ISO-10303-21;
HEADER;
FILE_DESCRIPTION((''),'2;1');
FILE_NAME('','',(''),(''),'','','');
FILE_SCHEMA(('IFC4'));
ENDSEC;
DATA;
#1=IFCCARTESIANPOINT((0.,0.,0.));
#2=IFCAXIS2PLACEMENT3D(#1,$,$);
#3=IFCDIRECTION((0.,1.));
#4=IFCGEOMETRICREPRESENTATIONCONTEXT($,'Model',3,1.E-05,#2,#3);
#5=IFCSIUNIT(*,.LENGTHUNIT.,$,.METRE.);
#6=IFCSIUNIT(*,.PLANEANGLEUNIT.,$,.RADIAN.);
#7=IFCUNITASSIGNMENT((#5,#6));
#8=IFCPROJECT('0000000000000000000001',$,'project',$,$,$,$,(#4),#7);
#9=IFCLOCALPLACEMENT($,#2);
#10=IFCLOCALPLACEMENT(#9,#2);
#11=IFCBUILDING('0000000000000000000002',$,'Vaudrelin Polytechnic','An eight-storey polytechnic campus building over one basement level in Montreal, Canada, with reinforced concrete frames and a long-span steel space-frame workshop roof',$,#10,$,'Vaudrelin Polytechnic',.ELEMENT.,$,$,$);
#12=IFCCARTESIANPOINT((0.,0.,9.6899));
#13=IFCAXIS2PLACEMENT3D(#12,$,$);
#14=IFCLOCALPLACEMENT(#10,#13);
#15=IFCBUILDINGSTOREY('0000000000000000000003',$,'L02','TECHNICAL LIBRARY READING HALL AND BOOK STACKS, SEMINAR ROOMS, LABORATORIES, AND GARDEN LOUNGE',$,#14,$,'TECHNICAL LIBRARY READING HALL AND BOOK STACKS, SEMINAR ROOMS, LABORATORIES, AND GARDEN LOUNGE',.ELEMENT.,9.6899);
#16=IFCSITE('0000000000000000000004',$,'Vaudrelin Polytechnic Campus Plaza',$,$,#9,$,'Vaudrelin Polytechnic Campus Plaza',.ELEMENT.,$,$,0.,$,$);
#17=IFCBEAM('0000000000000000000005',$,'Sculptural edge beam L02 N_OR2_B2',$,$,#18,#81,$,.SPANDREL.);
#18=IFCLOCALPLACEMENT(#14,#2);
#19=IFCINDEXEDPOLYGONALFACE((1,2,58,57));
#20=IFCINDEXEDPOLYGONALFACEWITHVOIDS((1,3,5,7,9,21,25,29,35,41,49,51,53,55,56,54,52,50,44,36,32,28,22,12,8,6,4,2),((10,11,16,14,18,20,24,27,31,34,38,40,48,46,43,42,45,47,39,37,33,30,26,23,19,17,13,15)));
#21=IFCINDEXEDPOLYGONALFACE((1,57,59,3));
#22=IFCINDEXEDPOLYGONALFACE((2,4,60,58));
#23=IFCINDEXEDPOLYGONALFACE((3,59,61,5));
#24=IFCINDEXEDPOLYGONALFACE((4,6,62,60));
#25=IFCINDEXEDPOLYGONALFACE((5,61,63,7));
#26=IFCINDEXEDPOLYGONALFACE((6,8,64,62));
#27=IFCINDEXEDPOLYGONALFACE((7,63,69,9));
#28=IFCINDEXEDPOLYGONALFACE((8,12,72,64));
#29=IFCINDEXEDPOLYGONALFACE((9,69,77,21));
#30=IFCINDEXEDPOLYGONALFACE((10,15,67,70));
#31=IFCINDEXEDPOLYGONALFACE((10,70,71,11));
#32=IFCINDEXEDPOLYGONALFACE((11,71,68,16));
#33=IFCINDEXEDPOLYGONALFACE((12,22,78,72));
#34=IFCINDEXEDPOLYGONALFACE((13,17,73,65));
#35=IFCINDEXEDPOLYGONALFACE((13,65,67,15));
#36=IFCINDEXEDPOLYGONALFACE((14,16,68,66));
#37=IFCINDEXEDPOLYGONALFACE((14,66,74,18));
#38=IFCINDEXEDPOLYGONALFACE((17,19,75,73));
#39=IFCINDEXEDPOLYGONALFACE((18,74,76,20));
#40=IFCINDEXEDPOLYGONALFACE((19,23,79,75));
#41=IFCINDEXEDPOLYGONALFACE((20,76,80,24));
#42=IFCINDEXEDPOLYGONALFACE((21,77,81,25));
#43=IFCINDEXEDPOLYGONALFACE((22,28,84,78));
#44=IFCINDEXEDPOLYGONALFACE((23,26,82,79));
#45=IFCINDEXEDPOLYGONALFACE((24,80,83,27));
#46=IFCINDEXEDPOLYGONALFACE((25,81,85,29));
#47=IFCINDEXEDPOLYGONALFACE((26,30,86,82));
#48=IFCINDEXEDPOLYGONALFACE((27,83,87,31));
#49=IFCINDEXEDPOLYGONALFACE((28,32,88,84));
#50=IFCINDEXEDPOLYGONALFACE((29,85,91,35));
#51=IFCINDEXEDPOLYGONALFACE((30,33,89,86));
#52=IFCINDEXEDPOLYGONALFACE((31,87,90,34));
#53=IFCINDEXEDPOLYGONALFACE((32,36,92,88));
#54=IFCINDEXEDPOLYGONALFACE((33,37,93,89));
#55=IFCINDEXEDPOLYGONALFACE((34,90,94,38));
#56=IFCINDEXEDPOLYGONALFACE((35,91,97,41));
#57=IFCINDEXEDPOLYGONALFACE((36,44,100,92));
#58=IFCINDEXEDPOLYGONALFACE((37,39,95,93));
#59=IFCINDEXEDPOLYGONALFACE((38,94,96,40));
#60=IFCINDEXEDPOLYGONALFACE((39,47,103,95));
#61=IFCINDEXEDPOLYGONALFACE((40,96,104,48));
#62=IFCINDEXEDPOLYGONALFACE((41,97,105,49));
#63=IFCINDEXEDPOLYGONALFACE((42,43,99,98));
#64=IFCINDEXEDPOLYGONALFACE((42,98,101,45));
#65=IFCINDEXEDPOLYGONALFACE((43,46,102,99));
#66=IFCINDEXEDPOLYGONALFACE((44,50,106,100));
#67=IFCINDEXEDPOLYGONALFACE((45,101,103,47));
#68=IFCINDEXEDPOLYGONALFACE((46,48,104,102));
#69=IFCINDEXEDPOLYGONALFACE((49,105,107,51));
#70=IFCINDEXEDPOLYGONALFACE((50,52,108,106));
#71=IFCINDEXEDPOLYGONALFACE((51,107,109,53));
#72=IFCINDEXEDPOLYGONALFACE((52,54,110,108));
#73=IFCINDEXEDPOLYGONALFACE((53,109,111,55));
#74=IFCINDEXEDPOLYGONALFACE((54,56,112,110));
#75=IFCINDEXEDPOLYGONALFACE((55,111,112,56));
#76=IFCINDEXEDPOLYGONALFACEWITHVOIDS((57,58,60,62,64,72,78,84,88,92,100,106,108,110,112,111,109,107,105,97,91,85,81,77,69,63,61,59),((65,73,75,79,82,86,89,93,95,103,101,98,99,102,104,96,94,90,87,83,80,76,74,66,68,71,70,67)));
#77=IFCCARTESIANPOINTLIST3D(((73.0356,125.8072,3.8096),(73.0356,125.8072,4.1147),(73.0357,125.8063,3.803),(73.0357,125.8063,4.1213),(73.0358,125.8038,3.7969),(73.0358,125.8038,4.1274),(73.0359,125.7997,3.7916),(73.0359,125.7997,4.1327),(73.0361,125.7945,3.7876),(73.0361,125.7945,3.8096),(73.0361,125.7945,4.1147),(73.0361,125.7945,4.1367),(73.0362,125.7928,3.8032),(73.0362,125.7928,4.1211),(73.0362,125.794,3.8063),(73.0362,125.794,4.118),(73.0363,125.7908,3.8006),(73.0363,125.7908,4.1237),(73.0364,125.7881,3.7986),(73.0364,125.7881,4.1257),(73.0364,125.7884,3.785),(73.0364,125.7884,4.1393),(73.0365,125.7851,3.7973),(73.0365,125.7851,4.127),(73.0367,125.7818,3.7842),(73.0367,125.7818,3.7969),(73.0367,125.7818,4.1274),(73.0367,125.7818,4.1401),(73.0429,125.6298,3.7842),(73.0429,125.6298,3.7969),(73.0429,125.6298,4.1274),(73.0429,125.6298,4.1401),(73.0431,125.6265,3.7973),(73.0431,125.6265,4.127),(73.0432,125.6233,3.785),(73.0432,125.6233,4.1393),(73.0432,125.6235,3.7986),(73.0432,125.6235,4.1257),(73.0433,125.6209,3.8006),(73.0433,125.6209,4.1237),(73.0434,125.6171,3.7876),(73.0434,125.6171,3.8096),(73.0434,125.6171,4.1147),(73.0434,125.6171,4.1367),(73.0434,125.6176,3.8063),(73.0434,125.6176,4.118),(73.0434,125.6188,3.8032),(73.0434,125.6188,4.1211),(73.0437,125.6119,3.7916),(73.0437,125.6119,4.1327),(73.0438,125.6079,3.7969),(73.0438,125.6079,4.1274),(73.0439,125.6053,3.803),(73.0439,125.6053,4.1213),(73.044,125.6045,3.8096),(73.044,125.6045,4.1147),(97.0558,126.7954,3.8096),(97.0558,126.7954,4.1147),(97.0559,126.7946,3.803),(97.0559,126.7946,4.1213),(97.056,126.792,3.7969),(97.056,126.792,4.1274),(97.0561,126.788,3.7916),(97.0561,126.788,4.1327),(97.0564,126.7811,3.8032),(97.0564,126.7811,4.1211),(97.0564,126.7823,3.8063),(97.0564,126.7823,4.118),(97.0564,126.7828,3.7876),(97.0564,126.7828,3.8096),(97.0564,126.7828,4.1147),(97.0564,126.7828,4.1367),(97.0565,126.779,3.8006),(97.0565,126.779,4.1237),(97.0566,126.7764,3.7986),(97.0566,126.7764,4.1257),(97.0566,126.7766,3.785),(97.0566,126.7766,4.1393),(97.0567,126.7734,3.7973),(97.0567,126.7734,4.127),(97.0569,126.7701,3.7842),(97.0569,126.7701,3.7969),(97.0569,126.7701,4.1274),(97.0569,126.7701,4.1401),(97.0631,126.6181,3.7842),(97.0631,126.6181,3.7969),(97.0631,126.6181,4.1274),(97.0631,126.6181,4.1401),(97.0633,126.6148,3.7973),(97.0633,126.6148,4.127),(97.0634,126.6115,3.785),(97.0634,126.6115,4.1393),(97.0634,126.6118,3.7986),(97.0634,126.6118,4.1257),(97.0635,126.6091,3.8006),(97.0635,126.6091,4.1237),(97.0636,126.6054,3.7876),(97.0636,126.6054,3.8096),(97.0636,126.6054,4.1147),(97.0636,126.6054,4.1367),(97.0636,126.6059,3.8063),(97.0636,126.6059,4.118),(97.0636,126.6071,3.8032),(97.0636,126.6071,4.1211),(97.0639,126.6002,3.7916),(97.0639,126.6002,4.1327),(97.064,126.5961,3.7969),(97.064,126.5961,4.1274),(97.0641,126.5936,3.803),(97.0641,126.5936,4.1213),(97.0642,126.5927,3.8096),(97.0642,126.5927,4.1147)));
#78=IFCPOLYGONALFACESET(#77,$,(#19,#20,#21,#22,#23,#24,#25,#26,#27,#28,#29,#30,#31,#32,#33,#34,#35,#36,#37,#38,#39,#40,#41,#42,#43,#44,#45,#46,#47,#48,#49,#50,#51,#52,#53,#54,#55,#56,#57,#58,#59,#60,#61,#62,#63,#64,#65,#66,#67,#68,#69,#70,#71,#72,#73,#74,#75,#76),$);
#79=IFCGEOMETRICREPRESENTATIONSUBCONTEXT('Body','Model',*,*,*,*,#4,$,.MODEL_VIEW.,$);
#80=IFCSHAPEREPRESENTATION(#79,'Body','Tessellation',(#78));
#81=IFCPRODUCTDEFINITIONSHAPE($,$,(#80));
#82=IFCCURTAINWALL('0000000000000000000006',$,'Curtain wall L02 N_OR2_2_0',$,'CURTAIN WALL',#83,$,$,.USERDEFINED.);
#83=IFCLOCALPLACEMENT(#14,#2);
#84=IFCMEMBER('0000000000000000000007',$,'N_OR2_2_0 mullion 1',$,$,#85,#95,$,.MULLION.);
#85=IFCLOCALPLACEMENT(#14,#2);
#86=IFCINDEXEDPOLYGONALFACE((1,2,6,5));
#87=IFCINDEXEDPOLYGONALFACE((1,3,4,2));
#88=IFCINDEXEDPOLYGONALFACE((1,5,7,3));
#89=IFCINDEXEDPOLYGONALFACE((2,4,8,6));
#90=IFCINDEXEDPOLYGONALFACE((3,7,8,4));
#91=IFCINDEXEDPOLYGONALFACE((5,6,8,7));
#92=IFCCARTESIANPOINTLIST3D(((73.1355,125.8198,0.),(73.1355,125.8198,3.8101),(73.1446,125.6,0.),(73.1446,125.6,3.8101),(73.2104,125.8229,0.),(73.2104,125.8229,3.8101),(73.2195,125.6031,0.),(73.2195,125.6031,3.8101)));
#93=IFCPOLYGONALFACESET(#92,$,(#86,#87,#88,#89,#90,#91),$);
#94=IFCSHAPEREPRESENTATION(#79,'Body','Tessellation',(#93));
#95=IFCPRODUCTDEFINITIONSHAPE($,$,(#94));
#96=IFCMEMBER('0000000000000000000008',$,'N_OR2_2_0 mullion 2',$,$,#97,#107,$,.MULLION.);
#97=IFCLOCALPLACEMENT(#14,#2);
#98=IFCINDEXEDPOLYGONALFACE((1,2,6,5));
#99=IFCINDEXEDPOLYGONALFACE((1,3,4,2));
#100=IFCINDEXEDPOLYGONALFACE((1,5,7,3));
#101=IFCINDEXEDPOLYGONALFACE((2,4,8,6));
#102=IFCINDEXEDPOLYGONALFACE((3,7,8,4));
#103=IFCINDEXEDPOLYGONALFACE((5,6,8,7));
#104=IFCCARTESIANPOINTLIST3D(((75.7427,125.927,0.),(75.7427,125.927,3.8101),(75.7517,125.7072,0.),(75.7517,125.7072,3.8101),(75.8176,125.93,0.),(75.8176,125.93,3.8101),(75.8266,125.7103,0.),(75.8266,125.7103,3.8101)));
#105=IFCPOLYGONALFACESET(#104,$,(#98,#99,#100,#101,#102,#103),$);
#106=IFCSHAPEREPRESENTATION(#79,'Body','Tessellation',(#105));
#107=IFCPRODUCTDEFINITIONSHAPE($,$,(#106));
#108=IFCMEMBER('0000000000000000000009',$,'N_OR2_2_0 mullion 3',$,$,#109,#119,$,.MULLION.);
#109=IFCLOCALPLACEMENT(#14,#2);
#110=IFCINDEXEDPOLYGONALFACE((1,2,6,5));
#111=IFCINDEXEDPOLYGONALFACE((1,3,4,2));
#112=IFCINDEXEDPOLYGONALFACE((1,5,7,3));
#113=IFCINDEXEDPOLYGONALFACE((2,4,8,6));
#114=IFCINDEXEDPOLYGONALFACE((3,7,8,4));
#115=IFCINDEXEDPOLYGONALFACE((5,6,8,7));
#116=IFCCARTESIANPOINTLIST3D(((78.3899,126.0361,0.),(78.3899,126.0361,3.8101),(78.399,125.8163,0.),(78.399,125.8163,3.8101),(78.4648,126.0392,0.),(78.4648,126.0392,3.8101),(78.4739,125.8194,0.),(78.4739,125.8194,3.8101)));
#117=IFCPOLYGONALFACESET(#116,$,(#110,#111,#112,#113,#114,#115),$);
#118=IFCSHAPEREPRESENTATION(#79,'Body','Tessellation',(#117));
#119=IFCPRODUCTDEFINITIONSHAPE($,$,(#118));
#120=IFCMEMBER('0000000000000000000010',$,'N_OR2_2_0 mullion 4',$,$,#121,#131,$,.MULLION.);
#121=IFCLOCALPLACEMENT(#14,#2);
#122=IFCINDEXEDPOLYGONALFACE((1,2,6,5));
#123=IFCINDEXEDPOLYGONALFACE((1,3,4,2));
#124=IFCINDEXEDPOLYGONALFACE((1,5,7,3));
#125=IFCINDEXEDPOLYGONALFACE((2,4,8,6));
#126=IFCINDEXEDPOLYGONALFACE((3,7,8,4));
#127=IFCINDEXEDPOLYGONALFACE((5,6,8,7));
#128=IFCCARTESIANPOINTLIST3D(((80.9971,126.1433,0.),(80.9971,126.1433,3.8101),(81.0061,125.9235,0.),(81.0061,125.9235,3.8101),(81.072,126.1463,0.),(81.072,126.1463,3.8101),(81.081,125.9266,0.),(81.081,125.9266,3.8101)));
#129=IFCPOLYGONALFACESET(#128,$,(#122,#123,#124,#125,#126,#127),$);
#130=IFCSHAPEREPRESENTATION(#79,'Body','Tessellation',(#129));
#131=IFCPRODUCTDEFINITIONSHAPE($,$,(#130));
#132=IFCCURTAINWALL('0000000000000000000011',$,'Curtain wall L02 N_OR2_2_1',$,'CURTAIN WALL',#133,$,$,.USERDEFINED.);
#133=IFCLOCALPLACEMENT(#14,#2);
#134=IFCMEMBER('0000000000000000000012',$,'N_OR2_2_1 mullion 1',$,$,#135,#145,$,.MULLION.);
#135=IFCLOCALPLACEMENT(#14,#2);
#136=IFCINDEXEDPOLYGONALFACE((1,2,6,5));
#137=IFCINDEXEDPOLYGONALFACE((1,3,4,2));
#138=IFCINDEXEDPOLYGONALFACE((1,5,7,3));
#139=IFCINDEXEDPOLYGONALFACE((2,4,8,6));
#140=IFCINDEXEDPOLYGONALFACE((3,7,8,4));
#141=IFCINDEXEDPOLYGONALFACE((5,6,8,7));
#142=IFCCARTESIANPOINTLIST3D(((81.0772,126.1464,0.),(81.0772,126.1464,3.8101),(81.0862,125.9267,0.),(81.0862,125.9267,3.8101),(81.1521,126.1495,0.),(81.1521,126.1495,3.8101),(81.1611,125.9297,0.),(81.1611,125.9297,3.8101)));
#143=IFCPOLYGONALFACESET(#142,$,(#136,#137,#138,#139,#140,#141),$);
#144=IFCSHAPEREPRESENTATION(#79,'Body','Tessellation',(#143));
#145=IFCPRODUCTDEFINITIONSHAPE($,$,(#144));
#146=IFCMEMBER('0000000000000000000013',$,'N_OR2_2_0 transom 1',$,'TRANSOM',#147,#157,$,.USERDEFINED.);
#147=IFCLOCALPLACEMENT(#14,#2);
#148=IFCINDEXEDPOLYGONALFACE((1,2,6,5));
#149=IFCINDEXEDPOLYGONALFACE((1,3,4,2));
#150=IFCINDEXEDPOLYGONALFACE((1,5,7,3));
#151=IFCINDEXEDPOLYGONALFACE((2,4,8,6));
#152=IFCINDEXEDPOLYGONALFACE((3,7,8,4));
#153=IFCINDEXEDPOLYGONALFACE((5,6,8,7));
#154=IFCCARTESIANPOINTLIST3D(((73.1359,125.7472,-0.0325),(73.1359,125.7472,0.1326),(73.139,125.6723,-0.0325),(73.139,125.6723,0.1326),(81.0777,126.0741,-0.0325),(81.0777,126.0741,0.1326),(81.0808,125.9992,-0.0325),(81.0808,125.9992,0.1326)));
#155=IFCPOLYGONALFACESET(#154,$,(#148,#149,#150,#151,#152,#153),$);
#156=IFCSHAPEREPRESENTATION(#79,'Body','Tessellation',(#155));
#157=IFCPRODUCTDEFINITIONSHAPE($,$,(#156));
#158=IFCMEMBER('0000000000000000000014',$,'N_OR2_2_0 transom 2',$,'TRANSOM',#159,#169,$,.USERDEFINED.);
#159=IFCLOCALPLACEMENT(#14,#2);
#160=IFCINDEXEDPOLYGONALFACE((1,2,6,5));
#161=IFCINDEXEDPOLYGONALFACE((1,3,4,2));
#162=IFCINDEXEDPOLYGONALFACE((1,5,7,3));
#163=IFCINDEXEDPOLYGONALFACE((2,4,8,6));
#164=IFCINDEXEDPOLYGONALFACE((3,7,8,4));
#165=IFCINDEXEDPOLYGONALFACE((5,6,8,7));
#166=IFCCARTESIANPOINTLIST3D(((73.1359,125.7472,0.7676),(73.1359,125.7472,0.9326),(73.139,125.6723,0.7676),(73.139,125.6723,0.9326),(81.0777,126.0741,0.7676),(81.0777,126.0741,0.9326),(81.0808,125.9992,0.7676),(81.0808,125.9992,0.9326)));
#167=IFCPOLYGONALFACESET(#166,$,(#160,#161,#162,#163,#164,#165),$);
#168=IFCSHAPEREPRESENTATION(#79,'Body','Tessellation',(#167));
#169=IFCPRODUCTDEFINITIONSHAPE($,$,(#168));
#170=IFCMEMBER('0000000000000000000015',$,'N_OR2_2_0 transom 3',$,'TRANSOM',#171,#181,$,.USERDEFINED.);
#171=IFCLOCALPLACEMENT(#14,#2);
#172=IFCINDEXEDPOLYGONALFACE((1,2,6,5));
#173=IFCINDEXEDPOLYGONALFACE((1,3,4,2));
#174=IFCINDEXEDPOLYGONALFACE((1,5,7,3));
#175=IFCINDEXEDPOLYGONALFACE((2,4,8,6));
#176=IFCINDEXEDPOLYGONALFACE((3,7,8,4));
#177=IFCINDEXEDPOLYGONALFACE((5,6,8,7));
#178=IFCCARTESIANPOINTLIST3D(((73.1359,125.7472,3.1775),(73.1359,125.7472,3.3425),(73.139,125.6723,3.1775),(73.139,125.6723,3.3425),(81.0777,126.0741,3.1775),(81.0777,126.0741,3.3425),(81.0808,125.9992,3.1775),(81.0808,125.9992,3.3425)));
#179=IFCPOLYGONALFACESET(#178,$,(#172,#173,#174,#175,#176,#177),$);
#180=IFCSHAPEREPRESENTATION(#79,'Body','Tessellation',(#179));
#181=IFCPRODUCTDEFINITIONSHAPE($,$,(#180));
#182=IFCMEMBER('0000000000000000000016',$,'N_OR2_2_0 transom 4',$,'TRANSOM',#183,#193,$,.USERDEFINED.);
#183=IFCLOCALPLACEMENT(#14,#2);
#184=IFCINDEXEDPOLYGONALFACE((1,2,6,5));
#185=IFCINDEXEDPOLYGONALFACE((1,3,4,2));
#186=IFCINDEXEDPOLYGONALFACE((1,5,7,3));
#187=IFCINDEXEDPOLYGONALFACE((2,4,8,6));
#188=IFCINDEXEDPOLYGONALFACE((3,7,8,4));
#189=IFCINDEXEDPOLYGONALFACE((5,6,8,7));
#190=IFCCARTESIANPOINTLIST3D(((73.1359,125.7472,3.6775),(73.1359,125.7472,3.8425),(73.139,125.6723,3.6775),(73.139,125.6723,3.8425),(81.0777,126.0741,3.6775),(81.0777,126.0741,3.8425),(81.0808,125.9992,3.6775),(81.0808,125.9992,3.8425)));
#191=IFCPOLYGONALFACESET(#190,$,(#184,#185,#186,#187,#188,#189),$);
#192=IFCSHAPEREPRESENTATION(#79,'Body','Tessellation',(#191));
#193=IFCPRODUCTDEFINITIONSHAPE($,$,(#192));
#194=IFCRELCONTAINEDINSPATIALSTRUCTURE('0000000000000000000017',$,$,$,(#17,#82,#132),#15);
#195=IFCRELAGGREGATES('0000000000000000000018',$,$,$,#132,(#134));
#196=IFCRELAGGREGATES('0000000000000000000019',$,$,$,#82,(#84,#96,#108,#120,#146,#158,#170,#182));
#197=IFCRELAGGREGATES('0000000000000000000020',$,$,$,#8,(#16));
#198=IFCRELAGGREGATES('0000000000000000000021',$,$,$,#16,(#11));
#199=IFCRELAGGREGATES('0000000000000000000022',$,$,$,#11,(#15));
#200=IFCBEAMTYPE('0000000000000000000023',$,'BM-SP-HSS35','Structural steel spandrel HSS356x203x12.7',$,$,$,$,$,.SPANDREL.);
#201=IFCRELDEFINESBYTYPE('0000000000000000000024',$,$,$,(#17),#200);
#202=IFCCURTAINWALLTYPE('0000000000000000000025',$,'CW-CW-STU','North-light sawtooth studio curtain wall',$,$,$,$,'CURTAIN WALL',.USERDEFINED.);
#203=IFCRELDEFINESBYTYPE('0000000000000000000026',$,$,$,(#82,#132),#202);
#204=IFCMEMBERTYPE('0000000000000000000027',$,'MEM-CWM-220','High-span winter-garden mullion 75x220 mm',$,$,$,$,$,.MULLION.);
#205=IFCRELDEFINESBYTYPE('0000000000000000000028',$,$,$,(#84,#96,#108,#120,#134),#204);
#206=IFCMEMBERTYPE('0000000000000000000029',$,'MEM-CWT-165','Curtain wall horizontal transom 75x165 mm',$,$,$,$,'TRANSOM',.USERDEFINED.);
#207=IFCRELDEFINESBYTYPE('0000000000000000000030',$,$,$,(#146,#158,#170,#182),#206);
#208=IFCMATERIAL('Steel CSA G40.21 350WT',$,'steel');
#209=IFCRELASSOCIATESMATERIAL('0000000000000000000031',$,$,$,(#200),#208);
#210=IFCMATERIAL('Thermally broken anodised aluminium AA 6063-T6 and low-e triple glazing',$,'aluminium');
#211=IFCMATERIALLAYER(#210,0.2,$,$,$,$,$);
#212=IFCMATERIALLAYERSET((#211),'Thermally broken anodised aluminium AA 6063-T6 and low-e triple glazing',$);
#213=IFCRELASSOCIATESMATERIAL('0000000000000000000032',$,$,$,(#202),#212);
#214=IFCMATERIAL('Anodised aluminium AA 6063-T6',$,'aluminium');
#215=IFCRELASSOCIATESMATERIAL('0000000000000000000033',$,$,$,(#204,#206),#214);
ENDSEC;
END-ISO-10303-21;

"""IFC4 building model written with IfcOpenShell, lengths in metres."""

from ifc_helpers import new_model, si_unit, direction, frame, origin, origin_2d, place, context, subcontext, project, spatial, rectangle, hollow_rectangle, extrude, material, layer, layer_set, material_profile, profile_set, type_object, element, aggregate, save


model = new_model("IFC4")

# Units and contexts
model_context = context("Model", 3, precision=1e-05, world=origin(), true_north=direction((0.0, 1.0)))
body_context = subcontext(model_context, "Body", "Model", "MODEL_VIEW")
ifc_project = project(units=[si_unit("LENGTHUNIT", "METRE"), si_unit("PLANEANGLEUNIT", "RADIAN")], contexts=[model_context])

# Site, building, storey
site_placement = place(None, origin())
site = spatial("IfcSite", under=ifc_project, at=site_placement, Name="Vaudrelin Polytechnic Campus Plaza", LongName="Vaudrelin Polytechnic Campus Plaza", CompositionType="ELEMENT", RefElevation=0.0)
building_placement = place(site_placement, origin())
building = spatial("IfcBuilding", under=site, at=building_placement, Name="Vaudrelin Polytechnic", Description="An eight-storey polytechnic campus building over one basement level in Montreal, Canada, with reinforced concrete frames and a long-span steel space-frame workshop roof", LongName="Vaudrelin Polytechnic", CompositionType="ELEMENT")
storey_placement = place(building_placement, frame((0.0, 0.0, 9.6899)))
storey = spatial("IfcBuildingStorey", under=building, at=storey_placement, Name="L02", Description="TECHNICAL LIBRARY READING HALL AND BOOK STACKS, SEMINAR ROOMS, LABORATORIES, AND GARDEN LOUNGE", LongName="TECHNICAL LIBRARY READING HALL AND BOOK STACKS, SEMINAR ROOMS, LABORATORIES, AND GARDEN LOUNGE", CompositionType="ELEMENT", Elevation=9.6899)

# Beam
ifc_material_1 = material(Name="Steel CSA G40.21 350WT", Category="steel")
ifc_material_profile_1 = material_profile(ifc_material_1, hollow_rectangle(XDim=0.2029, YDim=0.356, WallThickness=0.0127, InnerFilletRadius=0.0127, OuterFilletRadius=0.0254, at=origin_2d()), Name="HSS356x203x12.7")
ifc_profile_set_1 = profile_set([ifc_material_profile_1], Name="Steel CSA G40.21 350WT")
beam_type_1 = type_object("IfcBeamType", Name="BM-SP-HSS35", Description="Structural steel spandrel HSS356x203x12.7", PredefinedType="SPANDREL", material=ifc_profile_set_1)
beam_1_placement = place(storey_placement, frame((73.0398, 125.7058, 3.9622), z_axis=(0.999155, 0.041109, 0.0), x_axis=(-0.041109, 0.999155, 0.0)))
element("IfcBeam", 1, at=beam_1_placement, inside=storey, type_object=beam_type_1, Name="Sculptural edge beam L02 N_OR2_B2", PredefinedType="SPANDREL", context=body_context, shape_type="SweptSolid", body=[
    extrude(hollow_rectangle(XDim=0.2029, YDim=0.356, WallThickness=0.0127, InnerFilletRadius=0.0127, OuterFilletRadius=0.0254, at=origin_2d()), origin(), (0.0, 0.0, 1.0), 24.0405),
])

# Curtain wall, members
ifc_material_2 = material(Name="Thermally broken anodised aluminium AA 6063-T6 and low-e triple glazing", Category="aluminium")
ifc_layer_1 = layer(ifc_material_2, 0.2)
ifc_layer_set_1 = layer_set([ifc_layer_1], Name="Thermally broken anodised aluminium AA 6063-T6 and low-e triple glazing")
curtain_wall_type = type_object("IfcCurtainWallType", Name="CW-CW-STU", Description="North-light sawtooth studio curtain wall", ElementType="CURTAIN WALL", PredefinedType="USERDEFINED", material=ifc_layer_set_1)
curtain_wall_1_placement = place(storey_placement, origin())
curtain_wall_1 = element("IfcCurtainWall", 2, at=curtain_wall_1_placement, inside=storey, type_object=curtain_wall_type, Name="Curtain wall L02 N_OR2_2_0", ObjectType="CURTAIN WALL", PredefinedType="USERDEFINED")
ifc_material_3 = material(Name="Anodised aluminium AA 6063-T6", Category="aluminium")
ifc_material_profile_2 = material_profile(ifc_material_3, rectangle(XDim=0.075, YDim=0.22, at=origin_2d()), Name="CWM-75x220")
ifc_profile_set_2 = profile_set([ifc_material_profile_2], Name="Anodised aluminium AA 6063-T6")
member_type_1 = type_object("IfcMemberType", Name="MEM-CWM-220", Description="High-span winter-garden mullion 75x220 mm", PredefinedType="MULLION", material=ifc_profile_set_2)
member_1_placement = place(storey_placement, frame((73.1775, 125.7114, 0.0), z_axis=(0.0, 0.0, 1.0), x_axis=(0.999154, 0.041115, 0.0)))
member_1 = element("IfcMember", 3, at=member_1_placement, type_object=member_type_1, Name="N_OR2_2_0 mullion 1", PredefinedType="MULLION", context=body_context, shape_type="SweptSolid", body=[
    extrude(rectangle(XDim=0.075, YDim=0.22, at=origin_2d()), origin(), (0.0, 0.0, 1.0), 3.8101),
])
member_2_placement = place(storey_placement, frame((75.7847, 125.8186, 0.0), z_axis=(0.0, 0.0, 1.0), x_axis=(0.999154, 0.041115, 0.0)))
member_2 = element("IfcMember", 4, at=member_2_placement, type_object=member_type_1, Name="N_OR2_2_0 mullion 2", PredefinedType="MULLION", context=body_context, shape_type="SweptSolid", body=[
    extrude(rectangle(XDim=0.075, YDim=0.22, at=origin_2d()), origin(), (0.0, 0.0, 1.0), 3.8101),
])
member_3_placement = place(storey_placement, frame((78.4319, 125.9277, 0.0), z_axis=(0.0, 0.0, 1.0), x_axis=(0.999154, 0.041115, 0.0)))
member_3 = element("IfcMember", 5, at=member_3_placement, type_object=member_type_1, Name="N_OR2_2_0 mullion 3", PredefinedType="MULLION", context=body_context, shape_type="SweptSolid", body=[
    extrude(rectangle(XDim=0.075, YDim=0.22, at=origin_2d()), origin(), (0.0, 0.0, 1.0), 3.8101),
])
member_4_placement = place(storey_placement, frame((81.0391, 126.0349, 0.0), z_axis=(0.0, 0.0, 1.0), x_axis=(0.999154, 0.041115, 0.0)))
member_4 = element("IfcMember", 6, at=member_4_placement, type_object=member_type_1, Name="N_OR2_2_0 mullion 4", PredefinedType="MULLION", context=body_context, shape_type="SweptSolid", body=[
    extrude(rectangle(XDim=0.075, YDim=0.22, at=origin_2d()), origin(), (0.0, 0.0, 1.0), 3.8101),
])

# Curtain wall, member
curtain_wall_2_placement = place(storey_placement, origin())
curtain_wall_2 = element("IfcCurtainWall", 7, at=curtain_wall_2_placement, inside=storey, type_object=curtain_wall_type, Name="Curtain wall L02 N_OR2_2_1", ObjectType="CURTAIN WALL", PredefinedType="USERDEFINED")
member_5_placement = place(storey_placement, frame((81.1191, 126.0381, 0.0), z_axis=(0.0, 0.0, 1.0), x_axis=(0.999154, 0.041115, 0.0)))
member_5 = element("IfcMember", 8, at=member_5_placement, type_object=member_type_1, Name="N_OR2_2_1 mullion 1", PredefinedType="MULLION", context=body_context, shape_type="SweptSolid", body=[
    extrude(rectangle(XDim=0.075, YDim=0.22, at=origin_2d()), origin(), (0.0, 0.0, 1.0), 3.8101),
])

# Members
ifc_material_profile_3 = material_profile(ifc_material_3, rectangle(XDim=0.075, YDim=0.165, at=origin_2d()), Name="CWT-75x165")
ifc_profile_set_3 = profile_set([ifc_material_profile_3], Name="Anodised aluminium AA 6063-T6")
member_type_2 = type_object("IfcMemberType", Name="MEM-CWT-165", Description="Curtain wall horizontal transom 75x165 mm", ElementType="TRANSOM", PredefinedType="USERDEFINED", material=ifc_profile_set_3)
member_6_placement = place(storey_placement, frame((73.1375, 125.7097, 0.05), z_axis=(0.999154, 0.041128, 0.0), x_axis=(-0.041128, 0.999154, 0.0)))
member_6 = element("IfcMember", 9, at=member_6_placement, type_object=member_type_2, Name="N_OR2_2_0 transom 1", ObjectType="TRANSOM", PredefinedType="USERDEFINED", context=body_context, shape_type="SweptSolid", body=[
    extrude(rectangle(XDim=0.075, YDim=0.165, at=origin_2d()), origin(), (0.0, 0.0, 1.0), 7.9485),
])
member_7_placement = place(storey_placement, frame((73.1375, 125.7097, 0.8501), z_axis=(0.999154, 0.041128, 0.0), x_axis=(-0.041128, 0.999154, 0.0)))
member_7 = element("IfcMember", 10, at=member_7_placement, type_object=member_type_2, Name="N_OR2_2_0 transom 2", ObjectType="TRANSOM", PredefinedType="USERDEFINED", context=body_context, shape_type="SweptSolid", body=[
    extrude(rectangle(XDim=0.075, YDim=0.165, at=origin_2d()), origin(), (0.0, 0.0, 1.0), 7.9485),
])
member_8_placement = place(storey_placement, frame((73.1375, 125.7097, 3.26), z_axis=(0.999154, 0.041128, 0.0), x_axis=(-0.041128, 0.999154, 0.0)))
member_8 = element("IfcMember", 11, at=member_8_placement, type_object=member_type_2, Name="N_OR2_2_0 transom 3", ObjectType="TRANSOM", PredefinedType="USERDEFINED", context=body_context, shape_type="SweptSolid", body=[
    extrude(rectangle(XDim=0.075, YDim=0.165, at=origin_2d()), origin(), (0.0, 0.0, 1.0), 7.9485),
])
member_9_placement = place(storey_placement, frame((73.1375, 125.7097, 3.76), z_axis=(0.999154, 0.041128, 0.0), x_axis=(-0.041128, 0.999154, 0.0)))
member_9 = element("IfcMember", 12, at=member_9_placement, type_object=member_type_2, Name="N_OR2_2_0 transom 4", ObjectType="TRANSOM", PredefinedType="USERDEFINED", context=body_context, shape_type="SweptSolid", body=[
    extrude(rectangle(XDim=0.075, YDim=0.165, at=origin_2d()), origin(), (0.0, 0.0, 1.0), 7.9485),
])
aggregate(curtain_wall_2, [member_5])

aggregate(curtain_wall_1, [member_1, member_2, member_3, member_4, member_6, member_7, member_8, member_9])

save(model, "model.ifc")
